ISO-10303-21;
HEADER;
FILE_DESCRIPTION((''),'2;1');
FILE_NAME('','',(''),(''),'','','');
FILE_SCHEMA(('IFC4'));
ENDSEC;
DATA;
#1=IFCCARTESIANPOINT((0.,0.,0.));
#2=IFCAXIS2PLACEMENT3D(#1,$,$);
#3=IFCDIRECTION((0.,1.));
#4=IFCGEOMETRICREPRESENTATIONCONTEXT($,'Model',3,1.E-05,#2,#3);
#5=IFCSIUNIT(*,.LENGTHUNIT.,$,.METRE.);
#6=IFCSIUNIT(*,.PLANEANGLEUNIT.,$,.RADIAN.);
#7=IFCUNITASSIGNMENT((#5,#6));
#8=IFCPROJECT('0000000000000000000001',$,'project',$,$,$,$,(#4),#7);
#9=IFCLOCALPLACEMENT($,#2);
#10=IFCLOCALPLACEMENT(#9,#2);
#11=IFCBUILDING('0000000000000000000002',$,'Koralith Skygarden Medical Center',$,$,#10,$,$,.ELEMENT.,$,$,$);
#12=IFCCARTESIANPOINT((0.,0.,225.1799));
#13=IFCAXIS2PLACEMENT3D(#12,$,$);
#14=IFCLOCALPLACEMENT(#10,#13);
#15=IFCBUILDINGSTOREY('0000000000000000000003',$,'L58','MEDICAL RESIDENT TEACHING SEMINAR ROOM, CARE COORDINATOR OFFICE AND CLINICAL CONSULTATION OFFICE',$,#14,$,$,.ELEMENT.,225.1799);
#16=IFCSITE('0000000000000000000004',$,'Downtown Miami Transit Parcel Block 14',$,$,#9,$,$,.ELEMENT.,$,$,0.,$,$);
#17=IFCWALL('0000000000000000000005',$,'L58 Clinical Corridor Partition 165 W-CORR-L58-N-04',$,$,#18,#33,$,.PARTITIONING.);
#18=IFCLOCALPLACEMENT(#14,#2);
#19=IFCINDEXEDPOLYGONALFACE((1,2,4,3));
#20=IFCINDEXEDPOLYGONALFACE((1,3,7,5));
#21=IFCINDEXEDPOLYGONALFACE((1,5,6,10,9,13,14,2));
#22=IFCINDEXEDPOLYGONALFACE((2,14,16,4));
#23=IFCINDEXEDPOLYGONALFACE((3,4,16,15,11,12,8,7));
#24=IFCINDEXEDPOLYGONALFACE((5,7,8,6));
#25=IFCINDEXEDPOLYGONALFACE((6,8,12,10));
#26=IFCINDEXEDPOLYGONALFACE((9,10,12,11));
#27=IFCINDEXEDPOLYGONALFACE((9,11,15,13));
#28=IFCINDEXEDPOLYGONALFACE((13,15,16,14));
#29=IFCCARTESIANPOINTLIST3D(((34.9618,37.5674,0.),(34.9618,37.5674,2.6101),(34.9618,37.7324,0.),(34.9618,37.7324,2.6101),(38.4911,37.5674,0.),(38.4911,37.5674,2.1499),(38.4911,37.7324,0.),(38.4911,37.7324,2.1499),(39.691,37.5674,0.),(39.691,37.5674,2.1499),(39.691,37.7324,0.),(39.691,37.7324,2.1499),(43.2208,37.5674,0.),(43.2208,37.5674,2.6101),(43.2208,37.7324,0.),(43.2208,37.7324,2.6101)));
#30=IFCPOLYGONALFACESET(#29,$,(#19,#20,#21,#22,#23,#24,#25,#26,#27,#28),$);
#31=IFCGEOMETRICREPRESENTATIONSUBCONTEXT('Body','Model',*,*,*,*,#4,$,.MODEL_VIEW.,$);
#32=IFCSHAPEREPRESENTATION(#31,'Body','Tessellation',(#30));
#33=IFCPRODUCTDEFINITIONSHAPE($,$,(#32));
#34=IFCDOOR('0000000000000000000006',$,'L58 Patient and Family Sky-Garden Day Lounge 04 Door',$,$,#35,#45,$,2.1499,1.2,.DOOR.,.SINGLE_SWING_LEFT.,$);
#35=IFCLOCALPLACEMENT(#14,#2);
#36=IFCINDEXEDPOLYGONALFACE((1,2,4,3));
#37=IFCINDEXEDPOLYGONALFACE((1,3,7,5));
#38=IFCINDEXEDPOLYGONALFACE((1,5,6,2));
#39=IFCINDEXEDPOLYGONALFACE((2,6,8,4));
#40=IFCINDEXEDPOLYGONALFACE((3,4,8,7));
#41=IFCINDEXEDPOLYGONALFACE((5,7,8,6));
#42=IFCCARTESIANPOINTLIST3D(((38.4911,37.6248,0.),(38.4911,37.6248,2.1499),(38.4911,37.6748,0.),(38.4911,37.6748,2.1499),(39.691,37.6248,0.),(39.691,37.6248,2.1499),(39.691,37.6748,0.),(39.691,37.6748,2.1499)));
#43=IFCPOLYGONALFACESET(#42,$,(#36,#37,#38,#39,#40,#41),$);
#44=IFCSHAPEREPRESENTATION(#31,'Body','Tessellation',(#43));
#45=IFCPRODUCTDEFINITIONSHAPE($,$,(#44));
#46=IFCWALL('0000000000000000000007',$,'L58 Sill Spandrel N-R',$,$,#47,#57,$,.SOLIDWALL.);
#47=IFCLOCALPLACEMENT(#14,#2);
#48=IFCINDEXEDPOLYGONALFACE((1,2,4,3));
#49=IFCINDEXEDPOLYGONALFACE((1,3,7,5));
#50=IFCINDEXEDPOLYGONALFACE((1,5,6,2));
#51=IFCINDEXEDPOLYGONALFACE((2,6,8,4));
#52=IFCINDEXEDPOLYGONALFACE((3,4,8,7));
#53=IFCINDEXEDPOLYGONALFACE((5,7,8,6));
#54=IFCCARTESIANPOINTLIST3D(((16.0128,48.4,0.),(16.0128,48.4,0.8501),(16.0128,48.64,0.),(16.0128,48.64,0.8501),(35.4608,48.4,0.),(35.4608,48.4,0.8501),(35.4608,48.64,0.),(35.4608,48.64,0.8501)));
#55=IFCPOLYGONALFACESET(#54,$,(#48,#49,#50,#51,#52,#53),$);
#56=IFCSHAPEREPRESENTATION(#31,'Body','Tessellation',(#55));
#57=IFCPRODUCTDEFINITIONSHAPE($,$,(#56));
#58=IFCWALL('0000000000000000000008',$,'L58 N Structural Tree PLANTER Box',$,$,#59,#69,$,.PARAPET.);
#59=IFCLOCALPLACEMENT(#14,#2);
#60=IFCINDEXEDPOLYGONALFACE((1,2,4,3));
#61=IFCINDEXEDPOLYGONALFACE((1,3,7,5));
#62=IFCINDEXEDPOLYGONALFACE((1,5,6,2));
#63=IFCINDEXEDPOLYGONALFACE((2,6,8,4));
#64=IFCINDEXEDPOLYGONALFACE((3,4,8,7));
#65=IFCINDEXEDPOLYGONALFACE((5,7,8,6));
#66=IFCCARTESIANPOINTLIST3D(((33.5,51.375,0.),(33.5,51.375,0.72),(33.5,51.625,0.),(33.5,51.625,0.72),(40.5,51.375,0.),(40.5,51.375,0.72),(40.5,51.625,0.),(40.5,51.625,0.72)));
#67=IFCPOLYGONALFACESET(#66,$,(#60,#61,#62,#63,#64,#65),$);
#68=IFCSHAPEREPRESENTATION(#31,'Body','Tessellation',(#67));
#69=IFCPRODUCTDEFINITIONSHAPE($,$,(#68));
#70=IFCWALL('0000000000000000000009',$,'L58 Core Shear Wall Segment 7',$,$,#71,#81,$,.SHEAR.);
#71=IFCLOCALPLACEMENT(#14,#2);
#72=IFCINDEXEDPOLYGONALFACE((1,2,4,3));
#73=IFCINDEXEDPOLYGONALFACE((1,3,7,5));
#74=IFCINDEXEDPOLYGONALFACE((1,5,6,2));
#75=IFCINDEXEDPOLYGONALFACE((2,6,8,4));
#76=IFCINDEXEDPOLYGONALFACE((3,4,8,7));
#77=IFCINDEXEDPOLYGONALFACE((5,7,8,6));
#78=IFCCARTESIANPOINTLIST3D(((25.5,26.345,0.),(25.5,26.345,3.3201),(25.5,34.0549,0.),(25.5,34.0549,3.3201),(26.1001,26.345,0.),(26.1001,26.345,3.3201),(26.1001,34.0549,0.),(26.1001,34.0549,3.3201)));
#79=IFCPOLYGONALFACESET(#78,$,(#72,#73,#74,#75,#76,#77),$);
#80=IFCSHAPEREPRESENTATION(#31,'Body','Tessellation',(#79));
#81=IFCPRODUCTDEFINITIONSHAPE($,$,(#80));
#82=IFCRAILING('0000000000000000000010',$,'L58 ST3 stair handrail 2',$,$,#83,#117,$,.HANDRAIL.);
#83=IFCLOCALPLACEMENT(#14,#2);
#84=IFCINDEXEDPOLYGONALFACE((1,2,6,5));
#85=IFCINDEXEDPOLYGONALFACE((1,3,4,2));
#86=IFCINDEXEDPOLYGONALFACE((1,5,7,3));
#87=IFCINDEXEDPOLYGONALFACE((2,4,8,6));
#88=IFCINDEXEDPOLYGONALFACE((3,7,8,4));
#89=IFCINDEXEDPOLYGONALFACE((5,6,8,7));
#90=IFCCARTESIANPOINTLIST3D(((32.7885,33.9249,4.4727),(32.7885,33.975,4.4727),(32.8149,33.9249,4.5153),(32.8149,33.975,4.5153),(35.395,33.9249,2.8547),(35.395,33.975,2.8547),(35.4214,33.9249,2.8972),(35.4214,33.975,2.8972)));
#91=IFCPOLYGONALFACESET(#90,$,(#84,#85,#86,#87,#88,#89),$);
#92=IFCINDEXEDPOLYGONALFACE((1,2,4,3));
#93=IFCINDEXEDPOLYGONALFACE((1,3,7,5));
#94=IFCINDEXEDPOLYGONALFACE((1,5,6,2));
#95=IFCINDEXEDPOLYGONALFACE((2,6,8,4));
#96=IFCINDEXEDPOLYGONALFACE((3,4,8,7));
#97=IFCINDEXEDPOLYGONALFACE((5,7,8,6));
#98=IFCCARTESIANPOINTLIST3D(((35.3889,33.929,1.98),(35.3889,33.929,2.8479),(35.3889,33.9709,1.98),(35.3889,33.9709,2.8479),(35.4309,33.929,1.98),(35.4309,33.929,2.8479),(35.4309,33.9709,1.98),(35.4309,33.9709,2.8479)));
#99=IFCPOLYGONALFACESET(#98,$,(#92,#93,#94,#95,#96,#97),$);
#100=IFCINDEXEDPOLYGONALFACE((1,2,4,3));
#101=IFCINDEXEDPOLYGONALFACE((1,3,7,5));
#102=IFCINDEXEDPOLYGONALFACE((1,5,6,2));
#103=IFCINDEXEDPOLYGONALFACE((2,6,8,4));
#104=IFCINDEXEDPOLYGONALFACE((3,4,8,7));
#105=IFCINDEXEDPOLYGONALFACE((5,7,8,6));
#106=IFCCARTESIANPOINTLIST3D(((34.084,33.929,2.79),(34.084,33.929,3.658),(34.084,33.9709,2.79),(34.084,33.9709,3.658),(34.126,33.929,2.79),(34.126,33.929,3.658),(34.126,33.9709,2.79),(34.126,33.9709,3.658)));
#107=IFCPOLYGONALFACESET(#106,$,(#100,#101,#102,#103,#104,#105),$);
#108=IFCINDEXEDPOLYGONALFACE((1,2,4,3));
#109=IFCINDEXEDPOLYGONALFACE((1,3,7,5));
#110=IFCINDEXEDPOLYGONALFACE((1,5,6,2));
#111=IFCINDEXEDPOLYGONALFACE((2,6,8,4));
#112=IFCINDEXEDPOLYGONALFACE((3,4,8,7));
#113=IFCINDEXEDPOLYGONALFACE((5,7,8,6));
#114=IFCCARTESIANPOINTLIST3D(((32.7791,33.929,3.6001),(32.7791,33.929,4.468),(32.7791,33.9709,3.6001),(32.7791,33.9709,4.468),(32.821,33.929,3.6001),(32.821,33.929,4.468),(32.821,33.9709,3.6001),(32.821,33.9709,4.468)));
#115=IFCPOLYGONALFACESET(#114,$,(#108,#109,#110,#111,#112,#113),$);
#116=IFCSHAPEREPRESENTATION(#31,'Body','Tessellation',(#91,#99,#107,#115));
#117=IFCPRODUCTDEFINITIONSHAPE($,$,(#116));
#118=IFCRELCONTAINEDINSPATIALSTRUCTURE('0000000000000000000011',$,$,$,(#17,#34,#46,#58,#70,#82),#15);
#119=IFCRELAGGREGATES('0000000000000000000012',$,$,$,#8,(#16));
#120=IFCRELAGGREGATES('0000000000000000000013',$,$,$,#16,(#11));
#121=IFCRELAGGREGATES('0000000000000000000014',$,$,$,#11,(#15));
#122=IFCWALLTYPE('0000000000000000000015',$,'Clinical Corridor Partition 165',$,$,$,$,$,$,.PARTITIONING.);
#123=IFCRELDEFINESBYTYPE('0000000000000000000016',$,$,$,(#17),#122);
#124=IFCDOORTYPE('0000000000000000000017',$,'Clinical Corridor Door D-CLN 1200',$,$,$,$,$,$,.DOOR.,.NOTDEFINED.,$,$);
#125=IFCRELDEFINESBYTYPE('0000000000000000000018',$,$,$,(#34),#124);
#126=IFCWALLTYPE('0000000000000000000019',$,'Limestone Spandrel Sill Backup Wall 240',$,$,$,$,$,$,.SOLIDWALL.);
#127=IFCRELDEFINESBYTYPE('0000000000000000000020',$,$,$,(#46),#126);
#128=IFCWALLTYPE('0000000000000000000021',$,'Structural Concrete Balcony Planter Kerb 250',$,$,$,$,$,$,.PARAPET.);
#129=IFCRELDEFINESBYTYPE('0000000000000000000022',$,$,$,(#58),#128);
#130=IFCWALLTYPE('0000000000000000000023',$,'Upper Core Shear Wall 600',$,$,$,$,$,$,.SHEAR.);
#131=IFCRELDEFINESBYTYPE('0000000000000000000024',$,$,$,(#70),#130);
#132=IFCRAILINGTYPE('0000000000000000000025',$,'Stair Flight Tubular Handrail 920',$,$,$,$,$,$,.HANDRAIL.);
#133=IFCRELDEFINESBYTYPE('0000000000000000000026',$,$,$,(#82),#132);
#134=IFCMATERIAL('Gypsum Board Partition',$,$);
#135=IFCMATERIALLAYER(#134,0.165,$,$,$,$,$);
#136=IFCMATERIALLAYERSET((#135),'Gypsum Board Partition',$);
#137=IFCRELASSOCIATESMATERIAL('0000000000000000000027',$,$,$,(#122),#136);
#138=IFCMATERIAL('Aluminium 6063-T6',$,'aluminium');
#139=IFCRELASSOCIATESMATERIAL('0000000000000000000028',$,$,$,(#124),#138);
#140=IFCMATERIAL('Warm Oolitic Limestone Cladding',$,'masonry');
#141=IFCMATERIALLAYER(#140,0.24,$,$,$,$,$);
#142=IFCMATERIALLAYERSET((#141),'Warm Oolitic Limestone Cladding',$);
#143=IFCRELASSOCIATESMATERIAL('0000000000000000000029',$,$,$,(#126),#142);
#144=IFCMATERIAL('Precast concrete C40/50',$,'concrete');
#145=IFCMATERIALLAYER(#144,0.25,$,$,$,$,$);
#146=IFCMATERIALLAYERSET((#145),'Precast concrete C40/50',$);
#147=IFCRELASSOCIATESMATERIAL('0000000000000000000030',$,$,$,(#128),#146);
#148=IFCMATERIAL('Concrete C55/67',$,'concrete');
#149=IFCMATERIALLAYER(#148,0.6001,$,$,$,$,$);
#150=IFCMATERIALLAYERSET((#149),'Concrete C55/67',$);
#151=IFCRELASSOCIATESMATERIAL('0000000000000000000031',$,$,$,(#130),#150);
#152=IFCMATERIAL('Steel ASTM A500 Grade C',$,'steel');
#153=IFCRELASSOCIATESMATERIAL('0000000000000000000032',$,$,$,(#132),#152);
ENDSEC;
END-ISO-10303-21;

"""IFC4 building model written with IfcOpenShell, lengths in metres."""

from ifc_helpers import new_model, si_unit, direction, frame, frame_2d, origin, origin_2d, place, context, subcontext, project, spatial, rectangle, extrude, material, layer, layer_set, type_object, element, fill, save


model = new_model("IFC4")

# Units and contexts
model_context = context("Model", 3, precision=1e-05, world=origin(), true_north=direction((0.0, 1.0)))
body_context = subcontext(model_context, "Body", "Model", "MODEL_VIEW")
ifc_project = project(units=[si_unit("LENGTHUNIT", "METRE"), si_unit("PLANEANGLEUNIT", "RADIAN")], contexts=[model_context])

# Site, building, storey
site_placement = place(None, origin())
site = spatial("IfcSite", under=ifc_project, at=site_placement, Name="Downtown Miami Transit Parcel Block 14", CompositionType="ELEMENT", RefElevation=0.0)
building_placement = place(site_placement, origin())
building = spatial("IfcBuilding", under=site, at=building_placement, Name="Koralith Skygarden Medical Center", CompositionType="ELEMENT")
storey_placement = place(building_placement, frame((0.0, 0.0, 225.1799)))
storey = spatial("IfcBuildingStorey", under=building, at=storey_placement, Name="L58", Description="MEDICAL RESIDENT TEACHING SEMINAR ROOM, CARE COORDINATOR OFFICE AND CLINICAL CONSULTATION OFFICE", CompositionType="ELEMENT", Elevation=225.1799)

# Shared definitions
ifc_material_1 = material(Name="Concrete C55/67", Category="concrete")

# Shared definitions
ifc_material_2 = material(Name="Aluminium 6063-T6", Category="aluminium")

# Shared definitions
ifc_material_3 = material(Name="Gypsum Board Partition")

# Wall, opening, door
ifc_layer_1 = layer(ifc_material_3, 0.165)
ifc_layer_set_1 = layer_set([ifc_layer_1], Name="Gypsum Board Partition")
wall_type_1 = type_object("IfcWallType", Name="Clinical Corridor Partition 165", PredefinedType="PARTITIONING", material=ifc_layer_set_1)
door_type = type_object("IfcDoorType", Name="Clinical Corridor Door D-CLN 1200", OperationType="NOTDEFINED", PredefinedType="DOOR", material=ifc_material_2)
wall_1_placement = place(storey_placement, frame((34.9619, 37.6499, 0.0), z_axis=(0.0, 0.0, 1.0), x_axis=(1.0, 0.0, 0.0)))
wall_1 = element("IfcWall", 1, at=wall_1_placement, inside=storey, type_object=wall_type_1, Name="L58 Clinical Corridor Partition 165 W-CORR-L58-N-04", PredefinedType="PARTITIONING", context=body_context, shape_type="SweptSolid", body=[
    extrude(rectangle(XDim=8.259, YDim=0.165, at=frame_2d((4.1294, 0.0))), origin(), (0.0, 0.0, 1.0), 2.6101),
])
opening_1_placement = place(wall_1_placement, frame((3.5291, 0.0, 0.0)))
opening_1 = element("IfcOpeningElement", 2, at=opening_1_placement, cuts=wall_1, PredefinedType="OPENING", context=body_context, shape_type="SweptSolid", body=[
    extrude(rectangle(XDim=1.2, YDim=2.1499, at=frame_2d((0.6001, 1.075))), frame((0.0, 0.0925, 0.0), z_axis=(0.0, -1.0, 0.0), x_axis=(1.0, 0.0, 0.0)), (0.0, 0.0, 1.0), 0.1851),
])
door_1_placement = place(opening_1_placement, origin())
door_1 = element("IfcDoor", 3, at=door_1_placement, inside=storey, type_object=door_type, Name="L58 Patient and Family Sky-Garden Day Lounge 04 Door", OperationType="SINGLE_SWING_LEFT", OverallHeight=2.1499, OverallWidth=1.2, PredefinedType="DOOR", context=body_context, shape_type="SweptSolid", body=[
    extrude(rectangle(XDim=1.2, YDim=2.1499, at=frame_2d((0.6001, 1.075))), frame((0.0, 0.0249, 0.0), z_axis=(0.0, -1.0, 0.0), x_axis=(1.0, 0.0, 0.0)), (0.0, 0.0, 1.0), 0.05),
])
fill(opening_1, door_1)

# Walls
ifc_material_4 = material(Name="Warm Oolitic Limestone Cladding", Category="masonry")
ifc_layer_2 = layer(ifc_material_4, 0.24)
ifc_layer_set_2 = layer_set([ifc_layer_2], Name="Warm Oolitic Limestone Cladding")
wall_type_2 = type_object("IfcWallType", Name="Limestone Spandrel Sill Backup Wall 240", PredefinedType="SOLIDWALL", material=ifc_layer_set_2)
wall_2_placement = place(storey_placement, frame((35.4609, 48.52, 0.0), z_axis=(0.0, 0.0, 1.0), x_axis=(-1.0, 0.0, 0.0)))
element("IfcWall", 4, at=wall_2_placement, inside=storey, type_object=wall_type_2, Name="L58 Sill Spandrel N-R", PredefinedType="SOLIDWALL", context=body_context, shape_type="SweptSolid", body=[
    extrude(rectangle(XDim=19.448, YDim=0.24, at=frame_2d((9.7241, 0.0))), origin(), (0.0, 0.0, 1.0), 0.8501),
])
ifc_material_5 = material(Name="Precast concrete C40/50", Category="concrete")
ifc_layer_3 = layer(ifc_material_5, 0.25)
ifc_layer_set_3 = layer_set([ifc_layer_3], Name="Precast concrete C40/50")
wall_type_3 = type_object("IfcWallType", Name="Structural Concrete Balcony Planter Kerb 250", PredefinedType="PARAPET", material=ifc_layer_set_3)
wall_3_placement = place(storey_placement, frame((33.5, 51.5, 0.0), z_axis=(0.0, 0.0, 1.0), x_axis=(1.0, 0.0, 0.0)))
element("IfcWall", 5, at=wall_3_placement, inside=storey, type_object=wall_type_3, Name="L58 N Structural Tree PLANTER Box", PredefinedType="PARAPET", context=body_context, shape_type="SweptSolid", body=[
    extrude(rectangle(XDim=7.0, YDim=0.25, at=frame_2d((3.5, 0.0))), origin(), (0.0, 0.0, 1.0), 0.72),
])
ifc_layer_4 = layer(ifc_material_1, 0.6001)
ifc_layer_set_4 = layer_set([ifc_layer_4], Name="Concrete C55/67")
wall_type_4 = type_object("IfcWallType", Name="Upper Core Shear Wall 600", PredefinedType="SHEAR", material=ifc_layer_set_4)
wall_4_placement = place(storey_placement, frame((25.8, 34.0549, 0.0), z_axis=(0.0, 0.0, 1.0), x_axis=(0.0, -1.0, 0.0)))
element("IfcWall", 6, at=wall_4_placement, inside=storey, type_object=wall_type_4, Name="L58 Core Shear Wall Segment 7", PredefinedType="SHEAR", context=body_context, shape_type="SweptSolid", body=[
    extrude(rectangle(XDim=7.71, YDim=0.6001, at=frame_2d((3.855, 0.0))), origin(), (0.0, 0.0, 1.0), 3.3201),
])

# Railing
ifc_material_6 = material(Name="Steel ASTM A500 Grade C", Category="steel")
railing_type = type_object("IfcRailingType", Name="Stair Flight Tubular Handrail 920", PredefinedType="HANDRAIL", material=ifc_material_6)
railing_placement = place(storey_placement, frame((35.4099, 33.95, 1.98)))
element("IfcRailing", 7, at=railing_placement, inside=storey, type_object=railing_type, Name="L58 ST3 stair handrail 2", PredefinedType="HANDRAIL", context=body_context, shape_type="SweptSolid", body=[
    extrude(rectangle(XDim=0.05, YDim=0.05, at=origin_2d()), frame((-0.0017, 0.0, 0.896), z_axis=(-0.849611, 0.0, 0.52741), x_axis=(0.0, -1.0, 0.0)), (0.0, 0.0, 1.0), 3.0679),
    extrude(rectangle(XDim=0.042, YDim=0.042, at=origin_2d()), origin(), (0.0, 0.0, 1.0), 0.8679),
    extrude(rectangle(XDim=0.042, YDim=0.042, at=origin_2d()), frame((-1.3049, 0.0, 0.8101)), (0.0, 0.0, 1.0), 0.8679),
    extrude(rectangle(XDim=0.042, YDim=0.042, at=origin_2d()), frame((-2.6099, 0.0, 1.6201)), (0.0, 0.0, 1.0), 0.8679),
])

save(model, "model.ifc")
